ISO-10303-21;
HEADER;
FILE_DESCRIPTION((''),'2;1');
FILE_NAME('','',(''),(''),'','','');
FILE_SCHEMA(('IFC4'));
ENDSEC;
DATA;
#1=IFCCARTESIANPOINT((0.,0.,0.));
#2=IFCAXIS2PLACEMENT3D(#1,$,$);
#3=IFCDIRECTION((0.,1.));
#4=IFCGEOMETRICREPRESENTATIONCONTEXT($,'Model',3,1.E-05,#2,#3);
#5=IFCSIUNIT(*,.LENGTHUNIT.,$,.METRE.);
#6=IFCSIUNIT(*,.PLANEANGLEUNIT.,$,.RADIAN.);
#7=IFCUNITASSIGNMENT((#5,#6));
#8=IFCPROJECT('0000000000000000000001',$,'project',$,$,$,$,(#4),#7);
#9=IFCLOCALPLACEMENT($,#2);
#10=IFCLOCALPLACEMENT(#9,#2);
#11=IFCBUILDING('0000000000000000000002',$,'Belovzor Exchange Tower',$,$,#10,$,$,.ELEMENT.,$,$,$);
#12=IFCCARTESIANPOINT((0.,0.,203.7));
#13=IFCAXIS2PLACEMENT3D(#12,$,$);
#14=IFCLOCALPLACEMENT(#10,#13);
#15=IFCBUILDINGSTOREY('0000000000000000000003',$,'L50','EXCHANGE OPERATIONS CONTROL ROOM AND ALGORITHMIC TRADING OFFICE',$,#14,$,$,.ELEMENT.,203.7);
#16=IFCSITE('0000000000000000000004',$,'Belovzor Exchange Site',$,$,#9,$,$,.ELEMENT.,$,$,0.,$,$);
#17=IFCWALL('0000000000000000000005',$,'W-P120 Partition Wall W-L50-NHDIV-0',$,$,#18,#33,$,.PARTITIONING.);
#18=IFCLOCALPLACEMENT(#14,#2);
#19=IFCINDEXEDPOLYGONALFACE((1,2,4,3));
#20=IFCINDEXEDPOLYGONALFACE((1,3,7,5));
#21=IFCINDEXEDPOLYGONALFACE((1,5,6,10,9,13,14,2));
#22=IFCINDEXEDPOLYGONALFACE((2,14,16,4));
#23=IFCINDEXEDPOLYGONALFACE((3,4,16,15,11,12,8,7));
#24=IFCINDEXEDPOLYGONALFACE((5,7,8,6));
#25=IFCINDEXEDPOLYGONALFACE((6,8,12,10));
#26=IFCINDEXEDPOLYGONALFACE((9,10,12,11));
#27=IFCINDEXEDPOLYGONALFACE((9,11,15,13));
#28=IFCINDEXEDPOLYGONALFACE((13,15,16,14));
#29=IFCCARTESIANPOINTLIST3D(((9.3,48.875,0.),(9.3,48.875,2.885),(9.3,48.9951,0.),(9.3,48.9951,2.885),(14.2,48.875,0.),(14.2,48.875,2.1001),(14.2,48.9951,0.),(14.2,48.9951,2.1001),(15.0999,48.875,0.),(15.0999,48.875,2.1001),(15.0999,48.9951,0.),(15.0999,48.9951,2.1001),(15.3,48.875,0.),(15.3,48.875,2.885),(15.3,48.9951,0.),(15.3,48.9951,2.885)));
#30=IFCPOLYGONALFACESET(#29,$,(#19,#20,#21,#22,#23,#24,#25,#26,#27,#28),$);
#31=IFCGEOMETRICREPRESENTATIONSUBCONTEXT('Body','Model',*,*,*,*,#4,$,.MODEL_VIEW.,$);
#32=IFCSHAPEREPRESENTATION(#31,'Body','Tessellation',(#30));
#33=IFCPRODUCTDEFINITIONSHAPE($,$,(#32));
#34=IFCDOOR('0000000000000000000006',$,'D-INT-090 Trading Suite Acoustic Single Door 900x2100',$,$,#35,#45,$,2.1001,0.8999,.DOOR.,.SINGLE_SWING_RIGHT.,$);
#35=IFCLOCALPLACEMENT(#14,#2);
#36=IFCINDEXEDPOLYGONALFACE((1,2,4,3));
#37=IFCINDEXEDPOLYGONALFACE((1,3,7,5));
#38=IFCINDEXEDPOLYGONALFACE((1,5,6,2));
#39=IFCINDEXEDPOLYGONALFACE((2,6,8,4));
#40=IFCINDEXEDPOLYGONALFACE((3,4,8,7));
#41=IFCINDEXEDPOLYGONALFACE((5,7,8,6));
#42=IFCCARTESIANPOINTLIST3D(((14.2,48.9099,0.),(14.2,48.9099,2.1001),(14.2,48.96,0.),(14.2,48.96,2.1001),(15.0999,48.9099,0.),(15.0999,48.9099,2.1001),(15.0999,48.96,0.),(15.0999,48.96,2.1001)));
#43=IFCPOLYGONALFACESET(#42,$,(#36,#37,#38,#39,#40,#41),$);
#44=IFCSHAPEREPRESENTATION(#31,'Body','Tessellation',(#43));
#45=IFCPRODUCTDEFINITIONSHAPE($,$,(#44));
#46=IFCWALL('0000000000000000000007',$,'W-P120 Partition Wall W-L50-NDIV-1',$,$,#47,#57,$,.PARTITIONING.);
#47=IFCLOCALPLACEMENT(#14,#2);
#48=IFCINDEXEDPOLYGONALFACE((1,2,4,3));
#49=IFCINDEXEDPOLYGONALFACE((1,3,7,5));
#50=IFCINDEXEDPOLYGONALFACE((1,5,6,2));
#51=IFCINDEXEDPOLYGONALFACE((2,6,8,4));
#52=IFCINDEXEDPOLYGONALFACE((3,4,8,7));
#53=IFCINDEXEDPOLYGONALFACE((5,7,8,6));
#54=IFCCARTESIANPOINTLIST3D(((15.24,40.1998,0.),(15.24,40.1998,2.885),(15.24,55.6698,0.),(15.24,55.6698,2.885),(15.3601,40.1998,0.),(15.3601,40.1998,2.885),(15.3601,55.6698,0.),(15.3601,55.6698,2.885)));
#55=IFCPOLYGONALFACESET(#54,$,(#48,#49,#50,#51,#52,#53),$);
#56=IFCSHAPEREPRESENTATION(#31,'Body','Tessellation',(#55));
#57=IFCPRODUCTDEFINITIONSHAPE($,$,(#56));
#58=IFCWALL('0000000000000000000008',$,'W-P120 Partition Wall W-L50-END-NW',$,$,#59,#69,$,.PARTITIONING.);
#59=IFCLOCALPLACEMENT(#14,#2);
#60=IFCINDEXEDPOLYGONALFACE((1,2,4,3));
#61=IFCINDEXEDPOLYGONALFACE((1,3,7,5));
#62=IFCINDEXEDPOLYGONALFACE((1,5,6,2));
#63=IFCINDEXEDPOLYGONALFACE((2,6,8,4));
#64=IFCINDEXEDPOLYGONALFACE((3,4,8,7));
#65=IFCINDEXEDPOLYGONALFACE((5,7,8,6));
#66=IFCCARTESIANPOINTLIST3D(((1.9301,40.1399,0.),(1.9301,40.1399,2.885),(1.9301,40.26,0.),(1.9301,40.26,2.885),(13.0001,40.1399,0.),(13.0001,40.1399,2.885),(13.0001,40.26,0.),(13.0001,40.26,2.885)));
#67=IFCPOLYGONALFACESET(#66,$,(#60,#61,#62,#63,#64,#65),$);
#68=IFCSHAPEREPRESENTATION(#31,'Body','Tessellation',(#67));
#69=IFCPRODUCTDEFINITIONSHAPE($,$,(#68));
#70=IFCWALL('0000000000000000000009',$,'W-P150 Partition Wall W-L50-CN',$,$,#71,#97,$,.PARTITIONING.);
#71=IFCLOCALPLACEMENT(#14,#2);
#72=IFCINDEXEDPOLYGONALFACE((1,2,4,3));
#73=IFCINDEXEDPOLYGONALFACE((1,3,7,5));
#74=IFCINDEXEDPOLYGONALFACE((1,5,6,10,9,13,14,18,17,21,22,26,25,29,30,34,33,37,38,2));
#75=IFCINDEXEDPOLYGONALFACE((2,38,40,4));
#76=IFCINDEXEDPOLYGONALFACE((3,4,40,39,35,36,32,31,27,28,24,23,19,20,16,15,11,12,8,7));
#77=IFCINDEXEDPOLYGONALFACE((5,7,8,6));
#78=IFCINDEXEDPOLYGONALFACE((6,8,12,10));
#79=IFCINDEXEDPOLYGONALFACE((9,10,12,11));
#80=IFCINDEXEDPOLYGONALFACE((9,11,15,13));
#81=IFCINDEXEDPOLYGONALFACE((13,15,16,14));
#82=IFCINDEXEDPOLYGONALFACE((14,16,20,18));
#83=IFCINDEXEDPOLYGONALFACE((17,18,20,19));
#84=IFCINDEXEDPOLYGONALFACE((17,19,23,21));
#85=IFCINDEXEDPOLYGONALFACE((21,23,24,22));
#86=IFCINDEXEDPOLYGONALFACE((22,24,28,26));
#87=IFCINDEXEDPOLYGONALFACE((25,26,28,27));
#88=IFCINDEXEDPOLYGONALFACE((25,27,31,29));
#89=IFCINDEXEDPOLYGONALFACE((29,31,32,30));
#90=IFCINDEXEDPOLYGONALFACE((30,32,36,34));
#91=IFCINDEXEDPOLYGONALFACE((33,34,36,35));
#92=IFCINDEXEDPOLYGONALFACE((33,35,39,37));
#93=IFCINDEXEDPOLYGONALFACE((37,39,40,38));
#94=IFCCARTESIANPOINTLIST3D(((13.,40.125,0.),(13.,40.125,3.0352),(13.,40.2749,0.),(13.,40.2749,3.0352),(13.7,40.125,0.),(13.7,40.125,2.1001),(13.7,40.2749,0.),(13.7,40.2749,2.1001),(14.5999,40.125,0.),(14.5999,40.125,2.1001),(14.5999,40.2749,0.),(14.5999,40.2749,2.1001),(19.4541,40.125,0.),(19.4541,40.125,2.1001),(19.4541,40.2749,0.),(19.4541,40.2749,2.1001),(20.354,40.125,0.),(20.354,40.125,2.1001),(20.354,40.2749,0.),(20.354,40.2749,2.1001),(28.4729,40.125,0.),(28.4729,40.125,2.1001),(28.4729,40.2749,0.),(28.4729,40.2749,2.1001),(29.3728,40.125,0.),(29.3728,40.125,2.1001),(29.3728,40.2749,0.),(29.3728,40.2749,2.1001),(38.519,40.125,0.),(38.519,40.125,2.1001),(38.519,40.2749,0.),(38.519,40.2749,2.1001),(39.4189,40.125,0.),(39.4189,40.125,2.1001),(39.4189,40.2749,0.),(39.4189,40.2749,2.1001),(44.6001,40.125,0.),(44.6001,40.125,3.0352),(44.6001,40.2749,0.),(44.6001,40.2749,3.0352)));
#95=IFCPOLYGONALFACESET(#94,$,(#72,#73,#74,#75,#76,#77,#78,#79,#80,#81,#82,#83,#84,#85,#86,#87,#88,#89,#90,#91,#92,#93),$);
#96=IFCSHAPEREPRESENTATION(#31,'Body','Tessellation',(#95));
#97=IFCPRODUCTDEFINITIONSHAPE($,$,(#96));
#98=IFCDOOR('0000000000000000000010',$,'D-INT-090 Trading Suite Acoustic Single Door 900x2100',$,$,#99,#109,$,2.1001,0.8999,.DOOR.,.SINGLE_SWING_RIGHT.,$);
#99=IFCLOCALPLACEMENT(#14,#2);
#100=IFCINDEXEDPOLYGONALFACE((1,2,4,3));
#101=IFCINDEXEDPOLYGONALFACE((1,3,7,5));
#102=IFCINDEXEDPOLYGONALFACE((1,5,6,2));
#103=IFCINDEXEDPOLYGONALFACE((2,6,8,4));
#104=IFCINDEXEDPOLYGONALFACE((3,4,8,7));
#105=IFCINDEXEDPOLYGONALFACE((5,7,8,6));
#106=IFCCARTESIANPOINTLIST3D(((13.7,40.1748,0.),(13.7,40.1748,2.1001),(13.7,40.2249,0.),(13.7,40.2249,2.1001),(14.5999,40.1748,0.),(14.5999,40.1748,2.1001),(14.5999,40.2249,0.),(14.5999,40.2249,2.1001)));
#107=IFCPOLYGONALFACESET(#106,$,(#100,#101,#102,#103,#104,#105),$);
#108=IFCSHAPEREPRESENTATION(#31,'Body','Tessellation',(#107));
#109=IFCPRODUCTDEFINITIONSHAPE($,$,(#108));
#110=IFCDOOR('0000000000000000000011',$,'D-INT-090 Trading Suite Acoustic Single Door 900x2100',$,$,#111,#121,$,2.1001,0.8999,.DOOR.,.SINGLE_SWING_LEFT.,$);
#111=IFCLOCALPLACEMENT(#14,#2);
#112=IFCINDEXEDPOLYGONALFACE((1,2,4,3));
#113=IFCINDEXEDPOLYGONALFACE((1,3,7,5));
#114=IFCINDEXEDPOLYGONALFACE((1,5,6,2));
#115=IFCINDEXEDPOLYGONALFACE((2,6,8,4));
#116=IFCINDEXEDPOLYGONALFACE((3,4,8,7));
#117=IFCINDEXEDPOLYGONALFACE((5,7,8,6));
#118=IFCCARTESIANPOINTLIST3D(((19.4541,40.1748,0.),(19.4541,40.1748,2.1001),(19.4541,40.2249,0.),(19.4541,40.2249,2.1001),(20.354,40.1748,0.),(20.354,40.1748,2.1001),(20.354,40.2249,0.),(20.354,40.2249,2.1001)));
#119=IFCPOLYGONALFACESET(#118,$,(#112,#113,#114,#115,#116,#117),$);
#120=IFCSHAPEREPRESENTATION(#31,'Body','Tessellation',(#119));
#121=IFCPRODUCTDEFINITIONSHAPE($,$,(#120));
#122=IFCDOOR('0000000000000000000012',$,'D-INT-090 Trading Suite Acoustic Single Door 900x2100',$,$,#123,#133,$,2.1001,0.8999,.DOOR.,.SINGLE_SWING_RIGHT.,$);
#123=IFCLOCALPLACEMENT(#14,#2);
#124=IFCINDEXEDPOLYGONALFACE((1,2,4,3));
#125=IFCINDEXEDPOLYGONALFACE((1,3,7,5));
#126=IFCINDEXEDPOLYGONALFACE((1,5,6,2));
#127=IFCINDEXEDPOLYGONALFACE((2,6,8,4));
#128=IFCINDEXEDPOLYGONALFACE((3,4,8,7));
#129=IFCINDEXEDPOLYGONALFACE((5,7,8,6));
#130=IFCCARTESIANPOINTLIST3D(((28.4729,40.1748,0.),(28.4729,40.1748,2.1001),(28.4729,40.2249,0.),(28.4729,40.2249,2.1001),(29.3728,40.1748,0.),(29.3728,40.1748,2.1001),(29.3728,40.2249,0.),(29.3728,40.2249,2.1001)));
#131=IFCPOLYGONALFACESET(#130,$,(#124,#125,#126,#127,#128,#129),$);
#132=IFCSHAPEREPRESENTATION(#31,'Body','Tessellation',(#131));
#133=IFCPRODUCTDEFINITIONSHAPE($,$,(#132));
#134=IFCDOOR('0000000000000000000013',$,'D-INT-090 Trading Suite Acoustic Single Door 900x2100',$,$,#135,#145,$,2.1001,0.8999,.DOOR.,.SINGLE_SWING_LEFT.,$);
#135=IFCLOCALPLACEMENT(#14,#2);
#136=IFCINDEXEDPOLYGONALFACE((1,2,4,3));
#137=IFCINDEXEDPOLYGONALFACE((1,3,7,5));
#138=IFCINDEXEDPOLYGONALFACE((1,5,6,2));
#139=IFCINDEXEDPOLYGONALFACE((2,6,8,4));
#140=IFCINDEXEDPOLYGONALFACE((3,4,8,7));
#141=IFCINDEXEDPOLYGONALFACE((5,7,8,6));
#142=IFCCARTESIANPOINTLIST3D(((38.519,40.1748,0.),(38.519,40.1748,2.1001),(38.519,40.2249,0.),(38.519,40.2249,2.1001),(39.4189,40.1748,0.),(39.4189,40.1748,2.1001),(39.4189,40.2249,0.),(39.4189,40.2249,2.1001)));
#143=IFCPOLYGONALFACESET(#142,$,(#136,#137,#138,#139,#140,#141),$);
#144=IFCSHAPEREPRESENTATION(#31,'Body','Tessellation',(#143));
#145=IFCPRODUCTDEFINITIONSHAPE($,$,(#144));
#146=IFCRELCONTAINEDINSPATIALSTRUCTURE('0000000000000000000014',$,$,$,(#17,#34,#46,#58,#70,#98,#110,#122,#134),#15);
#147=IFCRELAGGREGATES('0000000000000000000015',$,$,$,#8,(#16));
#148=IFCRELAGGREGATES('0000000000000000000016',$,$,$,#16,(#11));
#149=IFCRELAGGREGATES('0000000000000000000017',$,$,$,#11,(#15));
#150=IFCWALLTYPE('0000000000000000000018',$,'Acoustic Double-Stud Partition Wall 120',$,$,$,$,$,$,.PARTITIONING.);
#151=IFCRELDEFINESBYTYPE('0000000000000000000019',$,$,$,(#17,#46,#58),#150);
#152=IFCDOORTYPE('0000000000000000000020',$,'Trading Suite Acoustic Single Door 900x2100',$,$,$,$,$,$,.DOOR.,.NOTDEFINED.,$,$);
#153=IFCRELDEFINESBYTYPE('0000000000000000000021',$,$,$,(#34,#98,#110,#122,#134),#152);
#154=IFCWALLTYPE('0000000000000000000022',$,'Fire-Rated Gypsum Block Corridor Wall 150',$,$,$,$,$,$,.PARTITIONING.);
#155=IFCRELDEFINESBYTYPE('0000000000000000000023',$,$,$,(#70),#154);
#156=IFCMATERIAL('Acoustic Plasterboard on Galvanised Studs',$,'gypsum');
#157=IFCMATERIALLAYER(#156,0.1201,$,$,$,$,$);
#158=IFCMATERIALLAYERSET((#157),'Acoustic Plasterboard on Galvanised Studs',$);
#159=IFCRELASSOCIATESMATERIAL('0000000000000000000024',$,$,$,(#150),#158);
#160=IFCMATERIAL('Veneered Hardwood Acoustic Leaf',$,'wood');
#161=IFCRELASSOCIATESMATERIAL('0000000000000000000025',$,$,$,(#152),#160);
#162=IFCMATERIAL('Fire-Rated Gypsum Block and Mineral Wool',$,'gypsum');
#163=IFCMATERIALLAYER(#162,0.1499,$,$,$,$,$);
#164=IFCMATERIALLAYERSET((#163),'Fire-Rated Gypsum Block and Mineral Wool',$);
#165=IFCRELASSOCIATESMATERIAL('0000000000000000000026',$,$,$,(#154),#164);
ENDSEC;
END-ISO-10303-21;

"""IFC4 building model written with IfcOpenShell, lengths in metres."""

from ifc_helpers import new_model, si_unit, direction, frame, frame_2d, origin, place, context, subcontext, project, spatial, rectangle, extrude, material, layer, layer_set, type_object, element, fill, save


model = new_model("IFC4")

# Units and contexts
model_context = context("Model", 3, precision=1e-05, world=origin(), true_north=direction((0.0, 1.0)))
body_context = subcontext(model_context, "Body", "Model", "MODEL_VIEW")
ifc_project = project(units=[si_unit("LENGTHUNIT", "METRE"), si_unit("PLANEANGLEUNIT", "RADIAN")], contexts=[model_context])

# Site, building, storey
site_placement = place(None, origin())
site = spatial("IfcSite", under=ifc_project, at=site_placement, Name="Belovzor Exchange Site", CompositionType="ELEMENT", RefElevation=0.0)
building_placement = place(site_placement, origin())
building = spatial("IfcBuilding", under=site, at=building_placement, Name="Belovzor Exchange Tower", CompositionType="ELEMENT")
storey_placement = place(building_placement, frame((0.0, 0.0, 203.7)))
storey = spatial("IfcBuildingStorey", under=building, at=storey_placement, Name="L50", Description="EXCHANGE OPERATIONS CONTROL ROOM AND ALGORITHMIC TRADING OFFICE", CompositionType="ELEMENT", Elevation=203.7)

# Wall, opening, door
ifc_material_1 = material(Name="Acoustic Plasterboard on Galvanised Studs", Category="gypsum")
ifc_layer_1 = layer(ifc_material_1, 0.1201)
ifc_layer_set_1 = layer_set([ifc_layer_1], Name="Acoustic Plasterboard on Galvanised Studs")
wall_type_1 = type_object("IfcWallType", Name="Acoustic Double-Stud Partition Wall 120", PredefinedType="PARTITIONING", material=ifc_layer_set_1)
wall_1_placement = place(storey_placement, frame((9.3, 48.9351, 0.0), z_axis=(0.0, 0.0, 1.0), x_axis=(1.0, 0.0, 0.0)))
wall_1 = element("IfcWall", 1, at=wall_1_placement, inside=storey, type_object=wall_type_1, Name="W-P120 Partition Wall W-L50-NHDIV-0", PredefinedType="PARTITIONING", context=body_context, shape_type="SweptSolid", body=[
    extrude(rectangle(XDim=6.0, YDim=0.1201, at=frame_2d((3.0, 0.0))), origin(), (0.0, 0.0, 1.0), 2.885),
])
opening_1_placement = place(wall_1_placement, frame((4.8999, 0.0, 0.0)))
opening_1 = element("IfcOpeningElement", 2, at=opening_1_placement, cuts=wall_1, PredefinedType="OPENING", context=body_context, shape_type="SweptSolid", body=[
    extrude(rectangle(XDim=0.8999, YDim=2.1001, at=frame_2d((0.45, 1.05))), frame((0.0, 0.0701, 0.0), z_axis=(0.0, -1.0, 0.0), x_axis=(1.0, 0.0, 0.0)), (0.0, 0.0, 1.0), 0.1401),
])
ifc_material_2 = material(Name="Veneered Hardwood Acoustic Leaf", Category="wood")
door_type_1 = type_object("IfcDoorType", Name="Trading Suite Acoustic Single Door 900x2100", OperationType="NOTDEFINED", PredefinedType="DOOR", material=ifc_material_2)
door_1_placement = place(opening_1_placement, origin())
door_1 = element("IfcDoor", 3, at=door_1_placement, inside=storey, type_object=door_type_1, Name="D-INT-090 Trading Suite Acoustic Single Door 900x2100", OperationType="SINGLE_SWING_RIGHT", OverallHeight=2.1001, OverallWidth=0.8999, PredefinedType="DOOR", context=body_context, shape_type="SweptSolid", body=[
    extrude(rectangle(XDim=0.8999, YDim=2.1001, at=frame_2d((0.45, 1.05))), frame((0.0, 0.0249, 0.0), z_axis=(0.0, -1.0, 0.0), x_axis=(1.0, 0.0, 0.0)), (0.0, 0.0, 1.0), 0.05),
])
fill(opening_1, door_1)

# Walls
wall_2_placement = place(storey_placement, frame((15.3, 40.2, 0.0), z_axis=(0.0, 0.0, 1.0), x_axis=(0.0, 1.0, 0.0)))
element("IfcWall", 4, at=wall_2_placement, inside=storey, type_object=wall_type_1, Name="W-P120 Partition Wall W-L50-NDIV-1", PredefinedType="PARTITIONING", context=body_context, shape_type="SweptSolid", body=[
    extrude(rectangle(XDim=15.47, YDim=0.1201, at=frame_2d((7.7349, 0.0))), origin(), (0.0, 0.0, 1.0), 2.885),
])
wall_3_placement = place(storey_placement, frame((1.9299, 40.2, 0.0), z_axis=(0.0, 0.0, 1.0), x_axis=(1.0, 0.0, 0.0)))
element("IfcWall", 5, at=wall_3_placement, inside=storey, type_object=wall_type_1, Name="W-P120 Partition Wall W-L50-END-NW", PredefinedType="PARTITIONING", context=body_context, shape_type="SweptSolid", body=[
    extrude(rectangle(XDim=11.0701, YDim=0.1201, at=frame_2d((5.5352, 0.0))), origin(), (0.0, 0.0, 1.0), 2.885),
])

# Wall, openings, doors
ifc_material_3 = material(Name="Fire-Rated Gypsum Block and Mineral Wool", Category="gypsum")
ifc_layer_2 = layer(ifc_material_3, 0.1499)
ifc_layer_set_2 = layer_set([ifc_layer_2], Name="Fire-Rated Gypsum Block and Mineral Wool")
wall_type_2 = type_object("IfcWallType", Name="Fire-Rated Gypsum Block Corridor Wall 150", PredefinedType="PARTITIONING", material=ifc_layer_set_2)
wall_4_placement = place(storey_placement, frame((13.0, 40.2, 0.0), z_axis=(0.0, 0.0, 1.0), x_axis=(1.0, 0.0, 0.0)))
wall_4 = element("IfcWall", 6, at=wall_4_placement, inside=storey, type_object=wall_type_2, Name="W-P150 Partition Wall W-L50-CN", PredefinedType="PARTITIONING", context=body_context, shape_type="SweptSolid", body=[
    extrude(rectangle(XDim=31.6001, YDim=0.1499, at=frame_2d((15.8, 0.0))), origin(), (0.0, 0.0, 1.0), 3.0352),
])
opening_2_placement = place(wall_4_placement, frame((0.7, 0.0, 0.0)))
opening_2 = element("IfcOpeningElement", 7, at=opening_2_placement, cuts=wall_4, PredefinedType="OPENING", context=body_context, shape_type="SweptSolid", body=[
    extrude(rectangle(XDim=0.8999, YDim=2.1001, at=frame_2d((0.45, 1.05))), frame((0.0, 0.085, 0.0), z_axis=(0.0, -1.0, 0.0), x_axis=(1.0, 0.0, 0.0)), (0.0, 0.0, 1.0), 0.1699),
])
opening_3_placement = place(wall_4_placement, frame((6.4541, 0.0, 0.0)))
opening_3 = element("IfcOpeningElement", 8, at=opening_3_placement, cuts=wall_4, PredefinedType="OPENING", context=body_context, shape_type="SweptSolid", body=[
    extrude(rectangle(XDim=0.8999, YDim=2.1001, at=frame_2d((0.45, 1.05))), frame((0.0, 0.085, 0.0), z_axis=(0.0, -1.0, 0.0), x_axis=(1.0, 0.0, 0.0)), (0.0, 0.0, 1.0), 0.1699),
])
opening_4_placement = place(wall_4_placement, frame((15.4729, 0.0, 0.0)))
opening_4 = element("IfcOpeningElement", 9, at=opening_4_placement, cuts=wall_4, PredefinedType="OPENING", context=body_context, shape_type="SweptSolid", body=[
    extrude(rectangle(XDim=0.8999, YDim=2.1001, at=frame_2d((0.45, 1.05))), frame((0.0, 0.085, 0.0), z_axis=(0.0, -1.0, 0.0), x_axis=(1.0, 0.0, 0.0)), (0.0, 0.0, 1.0), 0.1699),
])
opening_5_placement = place(wall_4_placement, frame((25.519, 0.0, 0.0)))
opening_5 = element("IfcOpeningElement", 10, at=opening_5_placement, cuts=wall_4, PredefinedType="OPENING", context=body_context, shape_type="SweptSolid", body=[
    extrude(rectangle(XDim=0.8999, YDim=2.1001, at=frame_2d((0.45, 1.05))), frame((0.0, 0.085, 0.0), z_axis=(0.0, -1.0, 0.0), x_axis=(1.0, 0.0, 0.0)), (0.0, 0.0, 1.0), 0.1699),
])
door_2_placement = place(opening_2_placement, origin())
door_2 = element("IfcDoor", 11, at=door_2_placement, inside=storey, type_object=door_type_1, Name="D-INT-090 Trading Suite Acoustic Single Door 900x2100", OperationType="SINGLE_SWING_RIGHT", OverallHeight=2.1001, OverallWidth=0.8999, PredefinedType="DOOR", context=body_context, shape_type="SweptSolid", body=[
    extrude(rectangle(XDim=0.8999, YDim=2.1001, at=frame_2d((0.45, 1.05))), frame((0.0, 0.0249, 0.0), z_axis=(0.0, -1.0, 0.0), x_axis=(1.0, 0.0, 0.0)), (0.0, 0.0, 1.0), 0.05),
])
fill(opening_2, door_2)
door_3_placement = place(opening_3_placement, origin())
door_3 = element("IfcDoor", 12, at=door_3_placement, inside=storey, type_object=door_type_1, Name="D-INT-090 Trading Suite Acoustic Single Door 900x2100", OperationType="SINGLE_SWING_LEFT", OverallHeight=2.1001, OverallWidth=0.8999, PredefinedType="DOOR", context=body_context, shape_type="SweptSolid", body=[
    extrude(rectangle(XDim=0.8999, YDim=2.1001, at=frame_2d((0.45, 1.05))), frame((0.0, 0.0249, 0.0), z_axis=(0.0, -1.0, 0.0), x_axis=(1.0, 0.0, 0.0)), (0.0, 0.0, 1.0), 0.05),
])
fill(opening_3, door_3)
door_4_placement = place(opening_4_placement, origin())
door_4 = element("IfcDoor", 13, at=door_4_placement, inside=storey, type_object=door_type_1, Name="D-INT-090 Trading Suite Acoustic Single Door 900x2100", OperationType="SINGLE_SWING_RIGHT", OverallHeight=2.1001, OverallWidth=0.8999, PredefinedType="DOOR", context=body_context, shape_type="SweptSolid", body=[
    extrude(rectangle(XDim=0.8999, YDim=2.1001, at=frame_2d((0.45, 1.05))), frame((0.0, 0.0249, 0.0), z_axis=(0.0, -1.0, 0.0), x_axis=(1.0, 0.0, 0.0)), (0.0, 0.0, 1.0), 0.05),
])
fill(opening_4, door_4)
door_5_placement = place(opening_5_placement, origin())
door_5 = element("IfcDoor", 14, at=door_5_placement, inside=storey, type_object=door_type_1, Name="D-INT-090 Trading Suite Acoustic Single Door 900x2100", OperationType="SINGLE_SWING_LEFT", OverallHeight=2.1001, OverallWidth=0.8999, PredefinedType="DOOR", context=body_context, shape_type="SweptSolid", body=[
    extrude(rectangle(XDim=0.8999, YDim=2.1001, at=frame_2d((0.45, 1.05))), frame((0.0, 0.0249, 0.0), z_axis=(0.0, -1.0, 0.0), x_axis=(1.0, 0.0, 0.0)), (0.0, 0.0, 1.0), 0.05),
])
fill(opening_5, door_5)

save(model, "model.ifc")
